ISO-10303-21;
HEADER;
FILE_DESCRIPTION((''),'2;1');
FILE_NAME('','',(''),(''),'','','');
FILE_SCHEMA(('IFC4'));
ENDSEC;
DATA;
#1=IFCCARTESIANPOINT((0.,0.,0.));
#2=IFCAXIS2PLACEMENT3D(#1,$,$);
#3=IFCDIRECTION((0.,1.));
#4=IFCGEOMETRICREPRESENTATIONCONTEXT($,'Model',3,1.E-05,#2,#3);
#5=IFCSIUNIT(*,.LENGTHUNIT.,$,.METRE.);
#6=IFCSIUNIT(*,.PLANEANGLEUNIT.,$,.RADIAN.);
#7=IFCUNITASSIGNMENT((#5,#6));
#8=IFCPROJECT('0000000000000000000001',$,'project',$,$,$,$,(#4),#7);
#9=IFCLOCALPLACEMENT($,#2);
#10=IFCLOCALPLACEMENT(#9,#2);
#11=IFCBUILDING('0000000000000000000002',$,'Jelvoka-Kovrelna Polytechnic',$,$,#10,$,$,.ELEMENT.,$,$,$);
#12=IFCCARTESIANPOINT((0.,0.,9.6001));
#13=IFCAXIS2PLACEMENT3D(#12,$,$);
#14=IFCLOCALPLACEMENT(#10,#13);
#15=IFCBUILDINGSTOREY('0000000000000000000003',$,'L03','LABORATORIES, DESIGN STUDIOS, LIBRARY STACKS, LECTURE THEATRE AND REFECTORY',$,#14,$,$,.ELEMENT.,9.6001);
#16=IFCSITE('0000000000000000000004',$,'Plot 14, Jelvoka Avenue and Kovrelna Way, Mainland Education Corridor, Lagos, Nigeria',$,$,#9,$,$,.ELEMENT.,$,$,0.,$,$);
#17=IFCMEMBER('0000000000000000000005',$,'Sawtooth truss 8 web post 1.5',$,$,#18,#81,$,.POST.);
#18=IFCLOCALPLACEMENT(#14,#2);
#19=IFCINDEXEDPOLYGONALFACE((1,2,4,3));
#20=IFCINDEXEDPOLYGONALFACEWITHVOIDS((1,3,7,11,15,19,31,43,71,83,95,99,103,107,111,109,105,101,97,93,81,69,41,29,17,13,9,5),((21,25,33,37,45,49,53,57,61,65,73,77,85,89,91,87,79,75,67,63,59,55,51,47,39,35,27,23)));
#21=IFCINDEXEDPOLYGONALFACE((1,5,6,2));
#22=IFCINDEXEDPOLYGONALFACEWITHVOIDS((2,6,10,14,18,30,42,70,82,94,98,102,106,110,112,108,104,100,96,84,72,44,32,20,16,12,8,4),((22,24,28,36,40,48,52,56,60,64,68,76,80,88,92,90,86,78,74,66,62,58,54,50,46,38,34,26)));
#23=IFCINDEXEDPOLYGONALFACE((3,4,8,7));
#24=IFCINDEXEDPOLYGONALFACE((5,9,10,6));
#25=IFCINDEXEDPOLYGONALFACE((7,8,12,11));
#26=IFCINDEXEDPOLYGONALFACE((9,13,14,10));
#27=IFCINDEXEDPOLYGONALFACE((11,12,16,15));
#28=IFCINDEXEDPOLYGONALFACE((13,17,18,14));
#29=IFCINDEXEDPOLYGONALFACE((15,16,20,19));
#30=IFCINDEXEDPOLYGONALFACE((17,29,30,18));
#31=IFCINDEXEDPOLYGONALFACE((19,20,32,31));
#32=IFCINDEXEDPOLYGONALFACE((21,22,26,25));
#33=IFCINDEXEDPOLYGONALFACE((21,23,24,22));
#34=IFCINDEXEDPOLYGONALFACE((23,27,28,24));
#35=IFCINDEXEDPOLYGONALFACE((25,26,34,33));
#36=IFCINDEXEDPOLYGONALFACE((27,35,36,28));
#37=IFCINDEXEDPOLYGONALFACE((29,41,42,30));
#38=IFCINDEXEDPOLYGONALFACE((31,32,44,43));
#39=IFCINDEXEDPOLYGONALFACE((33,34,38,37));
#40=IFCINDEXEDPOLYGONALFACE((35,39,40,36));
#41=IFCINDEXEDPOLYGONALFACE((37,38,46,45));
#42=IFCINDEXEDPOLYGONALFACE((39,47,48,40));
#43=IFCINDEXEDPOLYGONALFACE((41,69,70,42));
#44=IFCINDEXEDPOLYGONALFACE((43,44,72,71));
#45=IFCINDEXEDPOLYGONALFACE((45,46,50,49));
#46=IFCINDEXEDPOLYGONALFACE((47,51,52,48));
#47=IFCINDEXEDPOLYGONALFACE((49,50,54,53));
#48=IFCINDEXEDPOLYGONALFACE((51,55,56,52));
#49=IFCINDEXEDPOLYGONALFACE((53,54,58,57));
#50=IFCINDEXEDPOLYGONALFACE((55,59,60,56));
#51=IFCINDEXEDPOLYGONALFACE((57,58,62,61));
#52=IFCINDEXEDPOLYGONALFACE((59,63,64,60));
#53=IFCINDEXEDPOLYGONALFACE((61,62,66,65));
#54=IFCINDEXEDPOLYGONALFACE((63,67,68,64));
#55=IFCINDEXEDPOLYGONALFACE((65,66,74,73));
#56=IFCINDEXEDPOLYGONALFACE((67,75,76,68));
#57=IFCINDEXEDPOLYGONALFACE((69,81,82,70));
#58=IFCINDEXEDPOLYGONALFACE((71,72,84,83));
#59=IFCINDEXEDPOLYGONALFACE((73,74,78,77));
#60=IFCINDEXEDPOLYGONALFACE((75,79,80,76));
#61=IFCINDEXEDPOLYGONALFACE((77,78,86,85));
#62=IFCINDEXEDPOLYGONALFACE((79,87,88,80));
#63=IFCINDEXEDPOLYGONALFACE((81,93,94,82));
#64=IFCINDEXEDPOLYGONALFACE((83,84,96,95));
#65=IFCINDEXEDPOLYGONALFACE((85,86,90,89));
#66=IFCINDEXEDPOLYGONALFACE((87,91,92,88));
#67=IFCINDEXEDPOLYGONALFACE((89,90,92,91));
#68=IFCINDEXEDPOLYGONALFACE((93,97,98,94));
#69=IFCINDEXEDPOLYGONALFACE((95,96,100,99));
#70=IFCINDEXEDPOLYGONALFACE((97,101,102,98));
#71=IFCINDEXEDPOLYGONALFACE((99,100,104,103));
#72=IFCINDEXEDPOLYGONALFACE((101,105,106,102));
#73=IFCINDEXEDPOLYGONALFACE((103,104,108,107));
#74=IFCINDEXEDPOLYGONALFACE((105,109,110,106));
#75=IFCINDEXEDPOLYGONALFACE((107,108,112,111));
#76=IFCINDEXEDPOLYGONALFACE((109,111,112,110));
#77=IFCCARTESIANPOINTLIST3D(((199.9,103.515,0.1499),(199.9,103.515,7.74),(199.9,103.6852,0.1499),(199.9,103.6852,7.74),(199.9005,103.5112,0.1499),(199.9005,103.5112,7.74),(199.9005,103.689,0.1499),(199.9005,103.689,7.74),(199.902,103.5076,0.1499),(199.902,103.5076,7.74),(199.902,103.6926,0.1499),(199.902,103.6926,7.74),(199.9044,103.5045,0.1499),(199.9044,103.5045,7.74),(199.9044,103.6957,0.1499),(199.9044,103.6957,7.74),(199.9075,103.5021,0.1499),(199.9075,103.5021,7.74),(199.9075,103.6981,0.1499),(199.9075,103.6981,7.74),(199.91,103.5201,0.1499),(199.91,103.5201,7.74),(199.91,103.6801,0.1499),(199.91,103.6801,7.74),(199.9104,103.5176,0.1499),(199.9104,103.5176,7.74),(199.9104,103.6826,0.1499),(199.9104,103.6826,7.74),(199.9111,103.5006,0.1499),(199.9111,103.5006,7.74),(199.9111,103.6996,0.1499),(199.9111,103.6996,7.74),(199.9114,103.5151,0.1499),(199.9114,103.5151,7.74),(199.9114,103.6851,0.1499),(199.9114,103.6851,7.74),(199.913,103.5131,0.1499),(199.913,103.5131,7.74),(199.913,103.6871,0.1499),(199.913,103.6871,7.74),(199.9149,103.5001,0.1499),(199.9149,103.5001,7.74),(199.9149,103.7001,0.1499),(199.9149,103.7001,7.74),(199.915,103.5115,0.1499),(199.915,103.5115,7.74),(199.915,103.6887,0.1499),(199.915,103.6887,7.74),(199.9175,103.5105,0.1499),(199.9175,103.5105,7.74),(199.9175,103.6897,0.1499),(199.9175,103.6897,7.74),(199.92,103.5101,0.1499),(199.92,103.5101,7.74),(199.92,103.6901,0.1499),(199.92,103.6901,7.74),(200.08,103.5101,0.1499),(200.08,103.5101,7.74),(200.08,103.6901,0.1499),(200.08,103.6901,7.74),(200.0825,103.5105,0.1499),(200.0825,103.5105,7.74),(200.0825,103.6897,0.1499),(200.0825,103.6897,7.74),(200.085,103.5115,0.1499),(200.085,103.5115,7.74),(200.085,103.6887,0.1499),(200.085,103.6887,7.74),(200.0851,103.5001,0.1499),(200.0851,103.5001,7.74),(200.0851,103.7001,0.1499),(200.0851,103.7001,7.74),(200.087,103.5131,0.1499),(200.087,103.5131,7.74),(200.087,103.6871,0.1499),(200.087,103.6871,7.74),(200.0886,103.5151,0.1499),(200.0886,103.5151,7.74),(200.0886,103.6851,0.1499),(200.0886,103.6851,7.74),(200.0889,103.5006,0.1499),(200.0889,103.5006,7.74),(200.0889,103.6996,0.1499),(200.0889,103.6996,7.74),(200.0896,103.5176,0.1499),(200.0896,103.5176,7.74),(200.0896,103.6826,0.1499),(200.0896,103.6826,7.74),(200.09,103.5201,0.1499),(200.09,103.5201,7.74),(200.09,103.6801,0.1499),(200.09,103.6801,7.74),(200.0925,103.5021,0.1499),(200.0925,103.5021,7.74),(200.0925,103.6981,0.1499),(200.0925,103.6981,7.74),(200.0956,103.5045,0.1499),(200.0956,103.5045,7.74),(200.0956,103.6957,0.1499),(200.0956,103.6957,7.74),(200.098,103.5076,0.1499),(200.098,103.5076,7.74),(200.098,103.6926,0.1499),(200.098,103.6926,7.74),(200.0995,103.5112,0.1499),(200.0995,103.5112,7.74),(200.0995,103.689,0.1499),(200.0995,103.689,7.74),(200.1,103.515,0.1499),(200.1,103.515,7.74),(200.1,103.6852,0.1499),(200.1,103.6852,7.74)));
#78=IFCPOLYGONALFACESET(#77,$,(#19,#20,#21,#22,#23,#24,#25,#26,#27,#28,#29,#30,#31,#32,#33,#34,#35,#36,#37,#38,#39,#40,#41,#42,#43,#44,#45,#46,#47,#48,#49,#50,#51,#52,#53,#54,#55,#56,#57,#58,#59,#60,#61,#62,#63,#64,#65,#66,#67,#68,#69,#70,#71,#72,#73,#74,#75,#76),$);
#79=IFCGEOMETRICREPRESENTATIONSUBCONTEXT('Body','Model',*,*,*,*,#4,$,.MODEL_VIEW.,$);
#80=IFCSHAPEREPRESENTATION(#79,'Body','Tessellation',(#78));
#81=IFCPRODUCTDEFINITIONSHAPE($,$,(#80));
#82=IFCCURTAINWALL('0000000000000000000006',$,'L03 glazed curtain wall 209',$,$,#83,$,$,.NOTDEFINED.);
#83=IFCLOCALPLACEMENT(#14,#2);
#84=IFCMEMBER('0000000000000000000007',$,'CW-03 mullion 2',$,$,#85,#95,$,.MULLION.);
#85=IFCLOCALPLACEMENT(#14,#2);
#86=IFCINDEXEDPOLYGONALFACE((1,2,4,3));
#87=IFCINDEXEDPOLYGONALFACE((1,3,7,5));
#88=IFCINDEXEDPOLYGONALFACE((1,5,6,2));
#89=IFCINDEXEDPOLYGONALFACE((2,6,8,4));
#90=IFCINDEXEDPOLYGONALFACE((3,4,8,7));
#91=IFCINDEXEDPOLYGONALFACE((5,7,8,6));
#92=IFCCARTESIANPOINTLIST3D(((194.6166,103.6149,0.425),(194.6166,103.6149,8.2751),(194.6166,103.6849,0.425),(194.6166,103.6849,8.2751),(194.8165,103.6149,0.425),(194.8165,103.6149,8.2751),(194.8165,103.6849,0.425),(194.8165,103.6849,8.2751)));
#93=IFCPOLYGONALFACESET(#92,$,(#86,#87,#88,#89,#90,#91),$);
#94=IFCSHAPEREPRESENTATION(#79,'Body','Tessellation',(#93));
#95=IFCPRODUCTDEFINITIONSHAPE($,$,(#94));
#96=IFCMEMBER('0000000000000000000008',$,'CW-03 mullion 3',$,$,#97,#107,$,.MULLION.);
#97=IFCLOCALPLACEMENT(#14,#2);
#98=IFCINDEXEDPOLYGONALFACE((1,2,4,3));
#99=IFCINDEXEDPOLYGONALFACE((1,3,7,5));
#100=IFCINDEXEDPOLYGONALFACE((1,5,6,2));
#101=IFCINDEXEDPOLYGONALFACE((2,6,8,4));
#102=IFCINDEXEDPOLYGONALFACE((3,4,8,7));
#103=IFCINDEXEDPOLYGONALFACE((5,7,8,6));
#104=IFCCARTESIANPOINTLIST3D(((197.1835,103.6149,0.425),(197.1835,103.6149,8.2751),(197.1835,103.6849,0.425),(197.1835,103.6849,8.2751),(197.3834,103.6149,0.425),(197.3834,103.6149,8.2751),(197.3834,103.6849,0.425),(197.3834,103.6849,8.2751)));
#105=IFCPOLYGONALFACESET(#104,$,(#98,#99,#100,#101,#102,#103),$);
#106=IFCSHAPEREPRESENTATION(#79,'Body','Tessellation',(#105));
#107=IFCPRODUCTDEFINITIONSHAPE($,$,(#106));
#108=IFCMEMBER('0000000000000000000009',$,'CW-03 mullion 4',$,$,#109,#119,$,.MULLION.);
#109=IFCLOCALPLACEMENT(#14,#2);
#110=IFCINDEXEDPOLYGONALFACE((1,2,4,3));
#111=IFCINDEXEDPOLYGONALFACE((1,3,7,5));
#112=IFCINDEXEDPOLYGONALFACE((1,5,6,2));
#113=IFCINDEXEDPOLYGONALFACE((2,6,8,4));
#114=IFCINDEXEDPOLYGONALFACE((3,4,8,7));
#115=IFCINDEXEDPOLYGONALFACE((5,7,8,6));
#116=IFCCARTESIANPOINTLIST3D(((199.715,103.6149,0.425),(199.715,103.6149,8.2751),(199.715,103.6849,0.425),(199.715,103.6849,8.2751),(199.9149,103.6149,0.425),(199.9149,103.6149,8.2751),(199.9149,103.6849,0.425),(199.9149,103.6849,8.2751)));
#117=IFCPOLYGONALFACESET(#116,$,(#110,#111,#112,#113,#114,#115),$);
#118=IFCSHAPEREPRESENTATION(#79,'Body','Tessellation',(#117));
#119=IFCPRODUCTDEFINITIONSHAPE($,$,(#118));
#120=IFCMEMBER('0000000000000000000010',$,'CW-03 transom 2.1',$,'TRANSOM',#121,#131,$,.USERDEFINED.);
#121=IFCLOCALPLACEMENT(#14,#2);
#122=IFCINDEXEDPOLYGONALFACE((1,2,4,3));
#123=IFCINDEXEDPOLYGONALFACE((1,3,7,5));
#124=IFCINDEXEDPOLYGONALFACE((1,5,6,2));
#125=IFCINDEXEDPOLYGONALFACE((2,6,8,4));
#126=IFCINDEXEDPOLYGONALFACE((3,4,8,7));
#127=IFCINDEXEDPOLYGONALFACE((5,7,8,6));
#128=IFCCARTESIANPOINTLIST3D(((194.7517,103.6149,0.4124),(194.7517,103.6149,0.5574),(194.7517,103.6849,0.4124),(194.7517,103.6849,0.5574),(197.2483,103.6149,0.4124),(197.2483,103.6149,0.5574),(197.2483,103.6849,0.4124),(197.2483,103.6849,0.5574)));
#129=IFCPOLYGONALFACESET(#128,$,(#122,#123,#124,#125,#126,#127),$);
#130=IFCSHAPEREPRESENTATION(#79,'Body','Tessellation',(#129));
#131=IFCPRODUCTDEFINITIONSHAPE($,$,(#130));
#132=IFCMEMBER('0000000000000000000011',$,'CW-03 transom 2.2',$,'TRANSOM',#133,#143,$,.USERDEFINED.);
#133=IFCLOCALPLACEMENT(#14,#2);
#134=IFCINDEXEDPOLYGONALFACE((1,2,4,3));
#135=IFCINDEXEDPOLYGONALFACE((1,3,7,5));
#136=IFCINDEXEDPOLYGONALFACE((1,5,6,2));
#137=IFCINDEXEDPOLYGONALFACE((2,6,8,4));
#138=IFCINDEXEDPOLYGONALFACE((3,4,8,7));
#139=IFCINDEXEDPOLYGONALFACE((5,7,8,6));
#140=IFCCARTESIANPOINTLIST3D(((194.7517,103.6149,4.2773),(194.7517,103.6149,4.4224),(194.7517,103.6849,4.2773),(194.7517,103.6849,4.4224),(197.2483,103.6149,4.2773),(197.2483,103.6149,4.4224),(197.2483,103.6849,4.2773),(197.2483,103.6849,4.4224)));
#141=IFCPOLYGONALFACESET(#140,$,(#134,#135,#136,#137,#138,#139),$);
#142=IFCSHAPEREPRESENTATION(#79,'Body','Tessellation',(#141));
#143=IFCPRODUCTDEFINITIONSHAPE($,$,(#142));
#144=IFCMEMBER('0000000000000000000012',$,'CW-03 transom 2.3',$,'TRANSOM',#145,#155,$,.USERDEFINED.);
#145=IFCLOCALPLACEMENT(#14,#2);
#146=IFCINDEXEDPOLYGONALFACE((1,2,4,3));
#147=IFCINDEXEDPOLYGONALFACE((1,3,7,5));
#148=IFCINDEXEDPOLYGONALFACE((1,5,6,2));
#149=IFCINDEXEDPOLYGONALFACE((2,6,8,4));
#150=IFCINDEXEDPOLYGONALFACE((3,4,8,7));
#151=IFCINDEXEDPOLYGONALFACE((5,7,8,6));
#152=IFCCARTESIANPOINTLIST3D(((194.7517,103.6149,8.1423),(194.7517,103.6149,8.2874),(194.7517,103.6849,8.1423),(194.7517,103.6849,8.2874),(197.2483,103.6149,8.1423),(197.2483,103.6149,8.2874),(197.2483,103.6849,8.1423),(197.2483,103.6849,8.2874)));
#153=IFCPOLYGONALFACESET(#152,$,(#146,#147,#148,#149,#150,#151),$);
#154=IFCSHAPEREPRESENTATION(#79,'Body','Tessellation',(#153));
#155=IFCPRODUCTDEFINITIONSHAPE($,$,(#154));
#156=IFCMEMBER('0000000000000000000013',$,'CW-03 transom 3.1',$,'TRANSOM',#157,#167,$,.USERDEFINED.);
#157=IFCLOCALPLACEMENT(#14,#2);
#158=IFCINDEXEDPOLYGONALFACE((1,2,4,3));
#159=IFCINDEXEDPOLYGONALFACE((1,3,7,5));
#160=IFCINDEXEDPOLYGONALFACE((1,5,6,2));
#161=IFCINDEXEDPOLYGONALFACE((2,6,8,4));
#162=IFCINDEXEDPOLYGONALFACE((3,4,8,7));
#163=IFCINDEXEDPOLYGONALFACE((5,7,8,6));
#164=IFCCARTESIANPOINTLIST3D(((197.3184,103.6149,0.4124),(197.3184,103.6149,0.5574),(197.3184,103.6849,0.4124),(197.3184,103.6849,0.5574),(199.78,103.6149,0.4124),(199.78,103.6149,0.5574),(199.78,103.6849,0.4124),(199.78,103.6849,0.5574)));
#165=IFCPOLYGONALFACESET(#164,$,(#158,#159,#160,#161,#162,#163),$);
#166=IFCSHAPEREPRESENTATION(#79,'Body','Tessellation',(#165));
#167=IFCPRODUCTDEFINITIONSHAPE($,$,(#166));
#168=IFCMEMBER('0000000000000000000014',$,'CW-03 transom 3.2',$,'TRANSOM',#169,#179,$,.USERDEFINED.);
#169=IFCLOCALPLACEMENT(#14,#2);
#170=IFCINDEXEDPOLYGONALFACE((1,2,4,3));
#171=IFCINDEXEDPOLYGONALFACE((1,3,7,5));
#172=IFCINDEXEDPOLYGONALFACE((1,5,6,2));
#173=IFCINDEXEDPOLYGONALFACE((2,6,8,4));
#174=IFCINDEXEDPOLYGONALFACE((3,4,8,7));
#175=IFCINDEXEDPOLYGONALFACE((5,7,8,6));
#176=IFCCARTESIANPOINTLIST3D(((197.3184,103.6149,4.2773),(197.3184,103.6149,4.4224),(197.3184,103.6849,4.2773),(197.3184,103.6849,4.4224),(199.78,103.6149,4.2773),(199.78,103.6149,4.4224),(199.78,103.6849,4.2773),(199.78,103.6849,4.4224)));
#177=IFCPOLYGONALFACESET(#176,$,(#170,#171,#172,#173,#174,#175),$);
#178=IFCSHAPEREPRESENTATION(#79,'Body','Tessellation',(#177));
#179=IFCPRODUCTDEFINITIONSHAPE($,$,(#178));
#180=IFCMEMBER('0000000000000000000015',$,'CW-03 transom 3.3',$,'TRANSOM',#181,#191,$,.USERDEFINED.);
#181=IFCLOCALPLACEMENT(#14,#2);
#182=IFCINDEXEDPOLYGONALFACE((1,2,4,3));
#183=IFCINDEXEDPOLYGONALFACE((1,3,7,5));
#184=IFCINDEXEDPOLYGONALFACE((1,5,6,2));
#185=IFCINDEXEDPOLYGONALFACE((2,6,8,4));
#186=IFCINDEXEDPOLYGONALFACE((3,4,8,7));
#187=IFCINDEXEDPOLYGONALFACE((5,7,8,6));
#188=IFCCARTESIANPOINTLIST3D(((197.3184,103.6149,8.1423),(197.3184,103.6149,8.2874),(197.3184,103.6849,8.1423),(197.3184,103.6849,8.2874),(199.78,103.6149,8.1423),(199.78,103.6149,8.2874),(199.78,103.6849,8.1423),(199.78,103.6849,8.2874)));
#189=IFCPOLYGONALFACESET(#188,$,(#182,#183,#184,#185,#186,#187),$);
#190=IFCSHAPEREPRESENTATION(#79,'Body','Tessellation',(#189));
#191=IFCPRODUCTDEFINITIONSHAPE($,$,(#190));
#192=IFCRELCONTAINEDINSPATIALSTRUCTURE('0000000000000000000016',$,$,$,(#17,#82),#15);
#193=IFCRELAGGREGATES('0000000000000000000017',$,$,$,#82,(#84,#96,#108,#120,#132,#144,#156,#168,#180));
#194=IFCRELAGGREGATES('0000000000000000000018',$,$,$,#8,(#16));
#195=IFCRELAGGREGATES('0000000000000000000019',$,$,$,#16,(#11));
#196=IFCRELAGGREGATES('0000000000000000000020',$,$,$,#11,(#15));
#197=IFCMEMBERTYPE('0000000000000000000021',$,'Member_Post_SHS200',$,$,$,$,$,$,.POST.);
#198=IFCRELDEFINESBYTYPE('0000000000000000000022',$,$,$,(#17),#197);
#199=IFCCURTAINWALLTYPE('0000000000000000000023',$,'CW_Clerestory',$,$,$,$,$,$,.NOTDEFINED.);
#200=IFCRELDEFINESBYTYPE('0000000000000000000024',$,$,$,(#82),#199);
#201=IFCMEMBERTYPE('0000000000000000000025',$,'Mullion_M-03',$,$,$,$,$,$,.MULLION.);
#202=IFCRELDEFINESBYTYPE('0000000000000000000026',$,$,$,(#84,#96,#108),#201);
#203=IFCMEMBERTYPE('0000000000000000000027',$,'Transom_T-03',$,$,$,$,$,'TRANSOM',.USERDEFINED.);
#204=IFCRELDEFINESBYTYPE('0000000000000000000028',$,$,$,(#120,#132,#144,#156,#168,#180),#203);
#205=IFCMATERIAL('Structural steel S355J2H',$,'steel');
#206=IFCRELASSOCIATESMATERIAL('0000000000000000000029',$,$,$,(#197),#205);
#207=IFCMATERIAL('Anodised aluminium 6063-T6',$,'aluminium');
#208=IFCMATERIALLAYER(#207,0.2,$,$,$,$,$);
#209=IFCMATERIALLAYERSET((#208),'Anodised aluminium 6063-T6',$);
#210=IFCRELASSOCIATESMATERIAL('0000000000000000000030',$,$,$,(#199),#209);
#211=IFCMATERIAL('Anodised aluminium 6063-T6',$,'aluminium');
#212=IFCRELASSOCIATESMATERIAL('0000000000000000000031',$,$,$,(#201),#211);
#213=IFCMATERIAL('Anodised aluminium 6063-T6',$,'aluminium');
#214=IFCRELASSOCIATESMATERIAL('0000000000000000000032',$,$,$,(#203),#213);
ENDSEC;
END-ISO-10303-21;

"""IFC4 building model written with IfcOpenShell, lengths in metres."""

from ifc_helpers import new_model, si_unit, direction, frame, origin, origin_2d, place, context, subcontext, project, spatial, rectangle, hollow_rectangle, extrude, material, layer, layer_set, material_profile, profile_set, type_object, element, aggregate, save


model = new_model("IFC4")

# Units and contexts
model_context = context("Model", 3, precision=1e-05, world=origin(), true_north=direction((0.0, 1.0)))
body_context = subcontext(model_context, "Body", "Model", "MODEL_VIEW")
ifc_project = project(units=[si_unit("LENGTHUNIT", "METRE"), si_unit("PLANEANGLEUNIT", "RADIAN")], contexts=[model_context])

# Site, building, storey
site_placement = place(None, origin())
site = spatial("IfcSite", under=ifc_project, at=site_placement, Name="Plot 14, Jelvoka Avenue and Kovrelna Way, Mainland Education Corridor, Lagos, Nigeria", CompositionType="ELEMENT", RefElevation=0.0)
building_placement = place(site_placement, origin())
building = spatial("IfcBuilding", under=site, at=building_placement, Name="Jelvoka-Kovrelna Polytechnic", CompositionType="ELEMENT")
storey_placement = place(building_placement, frame((0.0, 0.0, 9.6001)))
storey = spatial("IfcBuildingStorey", under=building, at=storey_placement, Name="L03", Description="LABORATORIES, DESIGN STUDIOS, LIBRARY STACKS, LECTURE THEATRE AND REFECTORY", CompositionType="ELEMENT", Elevation=9.6001)

# Member
ifc_material_1 = material(Name="Structural steel S355J2H", Category="steel")
ifc_material_profile_1 = material_profile(ifc_material_1, hollow_rectangle(XDim=0.2, YDim=0.2, WallThickness=0.01, InnerFilletRadius=0.01, OuterFilletRadius=0.0149, at=origin_2d()), Name="200x200x10.0 SHS")
ifc_profile_set_1 = profile_set([ifc_material_profile_1], Name="Structural steel S355J2H")
member_type_1 = type_object("IfcMemberType", Name="Member_Post_SHS200", PredefinedType="POST", material=ifc_profile_set_1)
member_1_placement = place(storey_placement, frame((200.0, 103.6001, 0.1499), z_axis=(0.0, 0.0, 1.0), x_axis=(1.0, 0.0, 0.0)))
element("IfcMember", 1, at=member_1_placement, inside=storey, type_object=member_type_1, Name="Sawtooth truss 8 web post 1.5", PredefinedType="POST", context=body_context, shape_type="SweptSolid", body=[
    extrude(hollow_rectangle(XDim=0.2, YDim=0.2, WallThickness=0.01, InnerFilletRadius=0.01, OuterFilletRadius=0.0149, at=origin_2d()), origin(), (0.0, 0.0, 1.0), 7.5901),
])

# Curtain wall, members
ifc_material_2 = material(Name="Anodised aluminium 6063-T6", Category="aluminium")
ifc_layer_1 = layer(ifc_material_2, 0.2)
ifc_layer_set_1 = layer_set([ifc_layer_1], Name="Anodised aluminium 6063-T6")
curtain_wall_type = type_object("IfcCurtainWallType", Name="CW_Clerestory", PredefinedType="NOTDEFINED", material=ifc_layer_set_1)
curtain_wall_placement = place(storey_placement, origin())
curtain_wall = element("IfcCurtainWall", 2, at=curtain_wall_placement, inside=storey, type_object=curtain_wall_type, Name="L03 glazed curtain wall 209", PredefinedType="NOTDEFINED")
ifc_material_3 = material(Name="Anodised aluminium 6063-T6", Category="aluminium")
ifc_material_profile_2 = material_profile(ifc_material_3, rectangle(XDim=0.0701, YDim=0.2, at=origin_2d()), Name="ALU 70x200")
ifc_profile_set_2 = profile_set([ifc_material_profile_2], Name="Anodised aluminium 6063-T6")
member_type_2 = type_object("IfcMemberType", Name="Mullion_M-03", PredefinedType="MULLION", material=ifc_profile_set_2)
member_2_placement = place(storey_placement, frame((194.7166, 103.6499, 0.425), z_axis=(0.0, 0.0, 1.0), x_axis=(0.0, 1.0, 0.0)))
member_2 = element("IfcMember", 3, at=member_2_placement, type_object=member_type_2, Name="CW-03 mullion 2", PredefinedType="MULLION", context=body_context, shape_type="SweptSolid", body=[
    extrude(rectangle(XDim=0.0701, YDim=0.2, at=origin_2d()), origin(), (0.0, 0.0, 1.0), 7.8501),
])
member_3_placement = place(storey_placement, frame((197.2834, 103.6499, 0.425), z_axis=(0.0, 0.0, 1.0), x_axis=(0.0, 1.0, 0.0)))
member_3 = element("IfcMember", 4, at=member_3_placement, type_object=member_type_2, Name="CW-03 mullion 3", PredefinedType="MULLION", context=body_context, shape_type="SweptSolid", body=[
    extrude(rectangle(XDim=0.0701, YDim=0.2, at=origin_2d()), origin(), (0.0, 0.0, 1.0), 7.8501),
])
member_4_placement = place(storey_placement, frame((199.8149, 103.6499, 0.425), z_axis=(0.0, 0.0, 1.0), x_axis=(0.0, 1.0, 0.0)))
member_4 = element("IfcMember", 5, at=member_4_placement, type_object=member_type_2, Name="CW-03 mullion 4", PredefinedType="MULLION", context=body_context, shape_type="SweptSolid", body=[
    extrude(rectangle(XDim=0.0701, YDim=0.2, at=origin_2d()), origin(), (0.0, 0.0, 1.0), 7.8501),
])
ifc_material_4 = material(Name="Anodised aluminium 6063-T6", Category="aluminium")
ifc_material_profile_3 = material_profile(ifc_material_4, rectangle(XDim=0.0701, YDim=0.145, at=origin_2d()), Name="ALU 70x145")
ifc_profile_set_3 = profile_set([ifc_material_profile_3], Name="Anodised aluminium 6063-T6")
member_type_3 = type_object("IfcMemberType", Name="Transom_T-03", ElementType="TRANSOM", PredefinedType="USERDEFINED", material=ifc_profile_set_3)
member_5_placement = place(storey_placement, frame((194.7517, 103.6499, 0.4849), z_axis=(1.0, 0.0, 0.0), x_axis=(0.0, 1.0, 0.0)))
member_5 = element("IfcMember", 6, at=member_5_placement, type_object=member_type_3, Name="CW-03 transom 2.1", ObjectType="TRANSOM", PredefinedType="USERDEFINED", context=body_context, shape_type="SweptSolid", body=[
    extrude(rectangle(XDim=0.0701, YDim=0.145, at=origin_2d()), origin(), (0.0, 0.0, 1.0), 2.4966),
])
member_6_placement = place(storey_placement, frame((194.7517, 103.6499, 4.3499), z_axis=(1.0, 0.0, 0.0), x_axis=(0.0, 1.0, 0.0)))
member_6 = element("IfcMember", 7, at=member_6_placement, type_object=member_type_3, Name="CW-03 transom 2.2", ObjectType="TRANSOM", PredefinedType="USERDEFINED", context=body_context, shape_type="SweptSolid", body=[
    extrude(rectangle(XDim=0.0701, YDim=0.145, at=origin_2d()), origin(), (0.0, 0.0, 1.0), 2.4966),
])
member_7_placement = place(storey_placement, frame((194.7517, 103.6499, 8.2148), z_axis=(1.0, 0.0, 0.0), x_axis=(0.0, 1.0, 0.0)))
member_7 = element("IfcMember", 8, at=member_7_placement, type_object=member_type_3, Name="CW-03 transom 2.3", ObjectType="TRANSOM", PredefinedType="USERDEFINED", context=body_context, shape_type="SweptSolid", body=[
    extrude(rectangle(XDim=0.0701, YDim=0.145, at=origin_2d()), origin(), (0.0, 0.0, 1.0), 2.4966),
])
member_8_placement = place(storey_placement, frame((197.3184, 103.6499, 0.4849), z_axis=(1.0, 0.0, 0.0), x_axis=(0.0, 1.0, 0.0)))
member_8 = element("IfcMember", 9, at=member_8_placement, type_object=member_type_3, Name="CW-03 transom 3.1", ObjectType="TRANSOM", PredefinedType="USERDEFINED", context=body_context, shape_type="SweptSolid", body=[
    extrude(rectangle(XDim=0.0701, YDim=0.145, at=origin_2d()), origin(), (0.0, 0.0, 1.0), 2.4617),
])
member_9_placement = place(storey_placement, frame((197.3184, 103.6499, 4.3499), z_axis=(1.0, 0.0, 0.0), x_axis=(0.0, 1.0, 0.0)))
member_9 = element("IfcMember", 10, at=member_9_placement, type_object=member_type_3, Name="CW-03 transom 3.2", ObjectType="TRANSOM", PredefinedType="USERDEFINED", context=body_context, shape_type="SweptSolid", body=[
    extrude(rectangle(XDim=0.0701, YDim=0.145, at=origin_2d()), origin(), (0.0, 0.0, 1.0), 2.4617),
])
member_10_placement = place(storey_placement, frame((197.3184, 103.6499, 8.2148), z_axis=(1.0, 0.0, 0.0), x_axis=(0.0, 1.0, 0.0)))
member_10 = element("IfcMember", 11, at=member_10_placement, type_object=member_type_3, Name="CW-03 transom 3.3", ObjectType="TRANSOM", PredefinedType="USERDEFINED", context=body_context, shape_type="SweptSolid", body=[
    extrude(rectangle(XDim=0.0701, YDim=0.145, at=origin_2d()), origin(), (0.0, 0.0, 1.0), 2.4617),
])
aggregate(curtain_wall, [member_2, member_3, member_4, member_5, member_6, member_7, member_8, member_9, member_10])

save(model, "model.ifc")
